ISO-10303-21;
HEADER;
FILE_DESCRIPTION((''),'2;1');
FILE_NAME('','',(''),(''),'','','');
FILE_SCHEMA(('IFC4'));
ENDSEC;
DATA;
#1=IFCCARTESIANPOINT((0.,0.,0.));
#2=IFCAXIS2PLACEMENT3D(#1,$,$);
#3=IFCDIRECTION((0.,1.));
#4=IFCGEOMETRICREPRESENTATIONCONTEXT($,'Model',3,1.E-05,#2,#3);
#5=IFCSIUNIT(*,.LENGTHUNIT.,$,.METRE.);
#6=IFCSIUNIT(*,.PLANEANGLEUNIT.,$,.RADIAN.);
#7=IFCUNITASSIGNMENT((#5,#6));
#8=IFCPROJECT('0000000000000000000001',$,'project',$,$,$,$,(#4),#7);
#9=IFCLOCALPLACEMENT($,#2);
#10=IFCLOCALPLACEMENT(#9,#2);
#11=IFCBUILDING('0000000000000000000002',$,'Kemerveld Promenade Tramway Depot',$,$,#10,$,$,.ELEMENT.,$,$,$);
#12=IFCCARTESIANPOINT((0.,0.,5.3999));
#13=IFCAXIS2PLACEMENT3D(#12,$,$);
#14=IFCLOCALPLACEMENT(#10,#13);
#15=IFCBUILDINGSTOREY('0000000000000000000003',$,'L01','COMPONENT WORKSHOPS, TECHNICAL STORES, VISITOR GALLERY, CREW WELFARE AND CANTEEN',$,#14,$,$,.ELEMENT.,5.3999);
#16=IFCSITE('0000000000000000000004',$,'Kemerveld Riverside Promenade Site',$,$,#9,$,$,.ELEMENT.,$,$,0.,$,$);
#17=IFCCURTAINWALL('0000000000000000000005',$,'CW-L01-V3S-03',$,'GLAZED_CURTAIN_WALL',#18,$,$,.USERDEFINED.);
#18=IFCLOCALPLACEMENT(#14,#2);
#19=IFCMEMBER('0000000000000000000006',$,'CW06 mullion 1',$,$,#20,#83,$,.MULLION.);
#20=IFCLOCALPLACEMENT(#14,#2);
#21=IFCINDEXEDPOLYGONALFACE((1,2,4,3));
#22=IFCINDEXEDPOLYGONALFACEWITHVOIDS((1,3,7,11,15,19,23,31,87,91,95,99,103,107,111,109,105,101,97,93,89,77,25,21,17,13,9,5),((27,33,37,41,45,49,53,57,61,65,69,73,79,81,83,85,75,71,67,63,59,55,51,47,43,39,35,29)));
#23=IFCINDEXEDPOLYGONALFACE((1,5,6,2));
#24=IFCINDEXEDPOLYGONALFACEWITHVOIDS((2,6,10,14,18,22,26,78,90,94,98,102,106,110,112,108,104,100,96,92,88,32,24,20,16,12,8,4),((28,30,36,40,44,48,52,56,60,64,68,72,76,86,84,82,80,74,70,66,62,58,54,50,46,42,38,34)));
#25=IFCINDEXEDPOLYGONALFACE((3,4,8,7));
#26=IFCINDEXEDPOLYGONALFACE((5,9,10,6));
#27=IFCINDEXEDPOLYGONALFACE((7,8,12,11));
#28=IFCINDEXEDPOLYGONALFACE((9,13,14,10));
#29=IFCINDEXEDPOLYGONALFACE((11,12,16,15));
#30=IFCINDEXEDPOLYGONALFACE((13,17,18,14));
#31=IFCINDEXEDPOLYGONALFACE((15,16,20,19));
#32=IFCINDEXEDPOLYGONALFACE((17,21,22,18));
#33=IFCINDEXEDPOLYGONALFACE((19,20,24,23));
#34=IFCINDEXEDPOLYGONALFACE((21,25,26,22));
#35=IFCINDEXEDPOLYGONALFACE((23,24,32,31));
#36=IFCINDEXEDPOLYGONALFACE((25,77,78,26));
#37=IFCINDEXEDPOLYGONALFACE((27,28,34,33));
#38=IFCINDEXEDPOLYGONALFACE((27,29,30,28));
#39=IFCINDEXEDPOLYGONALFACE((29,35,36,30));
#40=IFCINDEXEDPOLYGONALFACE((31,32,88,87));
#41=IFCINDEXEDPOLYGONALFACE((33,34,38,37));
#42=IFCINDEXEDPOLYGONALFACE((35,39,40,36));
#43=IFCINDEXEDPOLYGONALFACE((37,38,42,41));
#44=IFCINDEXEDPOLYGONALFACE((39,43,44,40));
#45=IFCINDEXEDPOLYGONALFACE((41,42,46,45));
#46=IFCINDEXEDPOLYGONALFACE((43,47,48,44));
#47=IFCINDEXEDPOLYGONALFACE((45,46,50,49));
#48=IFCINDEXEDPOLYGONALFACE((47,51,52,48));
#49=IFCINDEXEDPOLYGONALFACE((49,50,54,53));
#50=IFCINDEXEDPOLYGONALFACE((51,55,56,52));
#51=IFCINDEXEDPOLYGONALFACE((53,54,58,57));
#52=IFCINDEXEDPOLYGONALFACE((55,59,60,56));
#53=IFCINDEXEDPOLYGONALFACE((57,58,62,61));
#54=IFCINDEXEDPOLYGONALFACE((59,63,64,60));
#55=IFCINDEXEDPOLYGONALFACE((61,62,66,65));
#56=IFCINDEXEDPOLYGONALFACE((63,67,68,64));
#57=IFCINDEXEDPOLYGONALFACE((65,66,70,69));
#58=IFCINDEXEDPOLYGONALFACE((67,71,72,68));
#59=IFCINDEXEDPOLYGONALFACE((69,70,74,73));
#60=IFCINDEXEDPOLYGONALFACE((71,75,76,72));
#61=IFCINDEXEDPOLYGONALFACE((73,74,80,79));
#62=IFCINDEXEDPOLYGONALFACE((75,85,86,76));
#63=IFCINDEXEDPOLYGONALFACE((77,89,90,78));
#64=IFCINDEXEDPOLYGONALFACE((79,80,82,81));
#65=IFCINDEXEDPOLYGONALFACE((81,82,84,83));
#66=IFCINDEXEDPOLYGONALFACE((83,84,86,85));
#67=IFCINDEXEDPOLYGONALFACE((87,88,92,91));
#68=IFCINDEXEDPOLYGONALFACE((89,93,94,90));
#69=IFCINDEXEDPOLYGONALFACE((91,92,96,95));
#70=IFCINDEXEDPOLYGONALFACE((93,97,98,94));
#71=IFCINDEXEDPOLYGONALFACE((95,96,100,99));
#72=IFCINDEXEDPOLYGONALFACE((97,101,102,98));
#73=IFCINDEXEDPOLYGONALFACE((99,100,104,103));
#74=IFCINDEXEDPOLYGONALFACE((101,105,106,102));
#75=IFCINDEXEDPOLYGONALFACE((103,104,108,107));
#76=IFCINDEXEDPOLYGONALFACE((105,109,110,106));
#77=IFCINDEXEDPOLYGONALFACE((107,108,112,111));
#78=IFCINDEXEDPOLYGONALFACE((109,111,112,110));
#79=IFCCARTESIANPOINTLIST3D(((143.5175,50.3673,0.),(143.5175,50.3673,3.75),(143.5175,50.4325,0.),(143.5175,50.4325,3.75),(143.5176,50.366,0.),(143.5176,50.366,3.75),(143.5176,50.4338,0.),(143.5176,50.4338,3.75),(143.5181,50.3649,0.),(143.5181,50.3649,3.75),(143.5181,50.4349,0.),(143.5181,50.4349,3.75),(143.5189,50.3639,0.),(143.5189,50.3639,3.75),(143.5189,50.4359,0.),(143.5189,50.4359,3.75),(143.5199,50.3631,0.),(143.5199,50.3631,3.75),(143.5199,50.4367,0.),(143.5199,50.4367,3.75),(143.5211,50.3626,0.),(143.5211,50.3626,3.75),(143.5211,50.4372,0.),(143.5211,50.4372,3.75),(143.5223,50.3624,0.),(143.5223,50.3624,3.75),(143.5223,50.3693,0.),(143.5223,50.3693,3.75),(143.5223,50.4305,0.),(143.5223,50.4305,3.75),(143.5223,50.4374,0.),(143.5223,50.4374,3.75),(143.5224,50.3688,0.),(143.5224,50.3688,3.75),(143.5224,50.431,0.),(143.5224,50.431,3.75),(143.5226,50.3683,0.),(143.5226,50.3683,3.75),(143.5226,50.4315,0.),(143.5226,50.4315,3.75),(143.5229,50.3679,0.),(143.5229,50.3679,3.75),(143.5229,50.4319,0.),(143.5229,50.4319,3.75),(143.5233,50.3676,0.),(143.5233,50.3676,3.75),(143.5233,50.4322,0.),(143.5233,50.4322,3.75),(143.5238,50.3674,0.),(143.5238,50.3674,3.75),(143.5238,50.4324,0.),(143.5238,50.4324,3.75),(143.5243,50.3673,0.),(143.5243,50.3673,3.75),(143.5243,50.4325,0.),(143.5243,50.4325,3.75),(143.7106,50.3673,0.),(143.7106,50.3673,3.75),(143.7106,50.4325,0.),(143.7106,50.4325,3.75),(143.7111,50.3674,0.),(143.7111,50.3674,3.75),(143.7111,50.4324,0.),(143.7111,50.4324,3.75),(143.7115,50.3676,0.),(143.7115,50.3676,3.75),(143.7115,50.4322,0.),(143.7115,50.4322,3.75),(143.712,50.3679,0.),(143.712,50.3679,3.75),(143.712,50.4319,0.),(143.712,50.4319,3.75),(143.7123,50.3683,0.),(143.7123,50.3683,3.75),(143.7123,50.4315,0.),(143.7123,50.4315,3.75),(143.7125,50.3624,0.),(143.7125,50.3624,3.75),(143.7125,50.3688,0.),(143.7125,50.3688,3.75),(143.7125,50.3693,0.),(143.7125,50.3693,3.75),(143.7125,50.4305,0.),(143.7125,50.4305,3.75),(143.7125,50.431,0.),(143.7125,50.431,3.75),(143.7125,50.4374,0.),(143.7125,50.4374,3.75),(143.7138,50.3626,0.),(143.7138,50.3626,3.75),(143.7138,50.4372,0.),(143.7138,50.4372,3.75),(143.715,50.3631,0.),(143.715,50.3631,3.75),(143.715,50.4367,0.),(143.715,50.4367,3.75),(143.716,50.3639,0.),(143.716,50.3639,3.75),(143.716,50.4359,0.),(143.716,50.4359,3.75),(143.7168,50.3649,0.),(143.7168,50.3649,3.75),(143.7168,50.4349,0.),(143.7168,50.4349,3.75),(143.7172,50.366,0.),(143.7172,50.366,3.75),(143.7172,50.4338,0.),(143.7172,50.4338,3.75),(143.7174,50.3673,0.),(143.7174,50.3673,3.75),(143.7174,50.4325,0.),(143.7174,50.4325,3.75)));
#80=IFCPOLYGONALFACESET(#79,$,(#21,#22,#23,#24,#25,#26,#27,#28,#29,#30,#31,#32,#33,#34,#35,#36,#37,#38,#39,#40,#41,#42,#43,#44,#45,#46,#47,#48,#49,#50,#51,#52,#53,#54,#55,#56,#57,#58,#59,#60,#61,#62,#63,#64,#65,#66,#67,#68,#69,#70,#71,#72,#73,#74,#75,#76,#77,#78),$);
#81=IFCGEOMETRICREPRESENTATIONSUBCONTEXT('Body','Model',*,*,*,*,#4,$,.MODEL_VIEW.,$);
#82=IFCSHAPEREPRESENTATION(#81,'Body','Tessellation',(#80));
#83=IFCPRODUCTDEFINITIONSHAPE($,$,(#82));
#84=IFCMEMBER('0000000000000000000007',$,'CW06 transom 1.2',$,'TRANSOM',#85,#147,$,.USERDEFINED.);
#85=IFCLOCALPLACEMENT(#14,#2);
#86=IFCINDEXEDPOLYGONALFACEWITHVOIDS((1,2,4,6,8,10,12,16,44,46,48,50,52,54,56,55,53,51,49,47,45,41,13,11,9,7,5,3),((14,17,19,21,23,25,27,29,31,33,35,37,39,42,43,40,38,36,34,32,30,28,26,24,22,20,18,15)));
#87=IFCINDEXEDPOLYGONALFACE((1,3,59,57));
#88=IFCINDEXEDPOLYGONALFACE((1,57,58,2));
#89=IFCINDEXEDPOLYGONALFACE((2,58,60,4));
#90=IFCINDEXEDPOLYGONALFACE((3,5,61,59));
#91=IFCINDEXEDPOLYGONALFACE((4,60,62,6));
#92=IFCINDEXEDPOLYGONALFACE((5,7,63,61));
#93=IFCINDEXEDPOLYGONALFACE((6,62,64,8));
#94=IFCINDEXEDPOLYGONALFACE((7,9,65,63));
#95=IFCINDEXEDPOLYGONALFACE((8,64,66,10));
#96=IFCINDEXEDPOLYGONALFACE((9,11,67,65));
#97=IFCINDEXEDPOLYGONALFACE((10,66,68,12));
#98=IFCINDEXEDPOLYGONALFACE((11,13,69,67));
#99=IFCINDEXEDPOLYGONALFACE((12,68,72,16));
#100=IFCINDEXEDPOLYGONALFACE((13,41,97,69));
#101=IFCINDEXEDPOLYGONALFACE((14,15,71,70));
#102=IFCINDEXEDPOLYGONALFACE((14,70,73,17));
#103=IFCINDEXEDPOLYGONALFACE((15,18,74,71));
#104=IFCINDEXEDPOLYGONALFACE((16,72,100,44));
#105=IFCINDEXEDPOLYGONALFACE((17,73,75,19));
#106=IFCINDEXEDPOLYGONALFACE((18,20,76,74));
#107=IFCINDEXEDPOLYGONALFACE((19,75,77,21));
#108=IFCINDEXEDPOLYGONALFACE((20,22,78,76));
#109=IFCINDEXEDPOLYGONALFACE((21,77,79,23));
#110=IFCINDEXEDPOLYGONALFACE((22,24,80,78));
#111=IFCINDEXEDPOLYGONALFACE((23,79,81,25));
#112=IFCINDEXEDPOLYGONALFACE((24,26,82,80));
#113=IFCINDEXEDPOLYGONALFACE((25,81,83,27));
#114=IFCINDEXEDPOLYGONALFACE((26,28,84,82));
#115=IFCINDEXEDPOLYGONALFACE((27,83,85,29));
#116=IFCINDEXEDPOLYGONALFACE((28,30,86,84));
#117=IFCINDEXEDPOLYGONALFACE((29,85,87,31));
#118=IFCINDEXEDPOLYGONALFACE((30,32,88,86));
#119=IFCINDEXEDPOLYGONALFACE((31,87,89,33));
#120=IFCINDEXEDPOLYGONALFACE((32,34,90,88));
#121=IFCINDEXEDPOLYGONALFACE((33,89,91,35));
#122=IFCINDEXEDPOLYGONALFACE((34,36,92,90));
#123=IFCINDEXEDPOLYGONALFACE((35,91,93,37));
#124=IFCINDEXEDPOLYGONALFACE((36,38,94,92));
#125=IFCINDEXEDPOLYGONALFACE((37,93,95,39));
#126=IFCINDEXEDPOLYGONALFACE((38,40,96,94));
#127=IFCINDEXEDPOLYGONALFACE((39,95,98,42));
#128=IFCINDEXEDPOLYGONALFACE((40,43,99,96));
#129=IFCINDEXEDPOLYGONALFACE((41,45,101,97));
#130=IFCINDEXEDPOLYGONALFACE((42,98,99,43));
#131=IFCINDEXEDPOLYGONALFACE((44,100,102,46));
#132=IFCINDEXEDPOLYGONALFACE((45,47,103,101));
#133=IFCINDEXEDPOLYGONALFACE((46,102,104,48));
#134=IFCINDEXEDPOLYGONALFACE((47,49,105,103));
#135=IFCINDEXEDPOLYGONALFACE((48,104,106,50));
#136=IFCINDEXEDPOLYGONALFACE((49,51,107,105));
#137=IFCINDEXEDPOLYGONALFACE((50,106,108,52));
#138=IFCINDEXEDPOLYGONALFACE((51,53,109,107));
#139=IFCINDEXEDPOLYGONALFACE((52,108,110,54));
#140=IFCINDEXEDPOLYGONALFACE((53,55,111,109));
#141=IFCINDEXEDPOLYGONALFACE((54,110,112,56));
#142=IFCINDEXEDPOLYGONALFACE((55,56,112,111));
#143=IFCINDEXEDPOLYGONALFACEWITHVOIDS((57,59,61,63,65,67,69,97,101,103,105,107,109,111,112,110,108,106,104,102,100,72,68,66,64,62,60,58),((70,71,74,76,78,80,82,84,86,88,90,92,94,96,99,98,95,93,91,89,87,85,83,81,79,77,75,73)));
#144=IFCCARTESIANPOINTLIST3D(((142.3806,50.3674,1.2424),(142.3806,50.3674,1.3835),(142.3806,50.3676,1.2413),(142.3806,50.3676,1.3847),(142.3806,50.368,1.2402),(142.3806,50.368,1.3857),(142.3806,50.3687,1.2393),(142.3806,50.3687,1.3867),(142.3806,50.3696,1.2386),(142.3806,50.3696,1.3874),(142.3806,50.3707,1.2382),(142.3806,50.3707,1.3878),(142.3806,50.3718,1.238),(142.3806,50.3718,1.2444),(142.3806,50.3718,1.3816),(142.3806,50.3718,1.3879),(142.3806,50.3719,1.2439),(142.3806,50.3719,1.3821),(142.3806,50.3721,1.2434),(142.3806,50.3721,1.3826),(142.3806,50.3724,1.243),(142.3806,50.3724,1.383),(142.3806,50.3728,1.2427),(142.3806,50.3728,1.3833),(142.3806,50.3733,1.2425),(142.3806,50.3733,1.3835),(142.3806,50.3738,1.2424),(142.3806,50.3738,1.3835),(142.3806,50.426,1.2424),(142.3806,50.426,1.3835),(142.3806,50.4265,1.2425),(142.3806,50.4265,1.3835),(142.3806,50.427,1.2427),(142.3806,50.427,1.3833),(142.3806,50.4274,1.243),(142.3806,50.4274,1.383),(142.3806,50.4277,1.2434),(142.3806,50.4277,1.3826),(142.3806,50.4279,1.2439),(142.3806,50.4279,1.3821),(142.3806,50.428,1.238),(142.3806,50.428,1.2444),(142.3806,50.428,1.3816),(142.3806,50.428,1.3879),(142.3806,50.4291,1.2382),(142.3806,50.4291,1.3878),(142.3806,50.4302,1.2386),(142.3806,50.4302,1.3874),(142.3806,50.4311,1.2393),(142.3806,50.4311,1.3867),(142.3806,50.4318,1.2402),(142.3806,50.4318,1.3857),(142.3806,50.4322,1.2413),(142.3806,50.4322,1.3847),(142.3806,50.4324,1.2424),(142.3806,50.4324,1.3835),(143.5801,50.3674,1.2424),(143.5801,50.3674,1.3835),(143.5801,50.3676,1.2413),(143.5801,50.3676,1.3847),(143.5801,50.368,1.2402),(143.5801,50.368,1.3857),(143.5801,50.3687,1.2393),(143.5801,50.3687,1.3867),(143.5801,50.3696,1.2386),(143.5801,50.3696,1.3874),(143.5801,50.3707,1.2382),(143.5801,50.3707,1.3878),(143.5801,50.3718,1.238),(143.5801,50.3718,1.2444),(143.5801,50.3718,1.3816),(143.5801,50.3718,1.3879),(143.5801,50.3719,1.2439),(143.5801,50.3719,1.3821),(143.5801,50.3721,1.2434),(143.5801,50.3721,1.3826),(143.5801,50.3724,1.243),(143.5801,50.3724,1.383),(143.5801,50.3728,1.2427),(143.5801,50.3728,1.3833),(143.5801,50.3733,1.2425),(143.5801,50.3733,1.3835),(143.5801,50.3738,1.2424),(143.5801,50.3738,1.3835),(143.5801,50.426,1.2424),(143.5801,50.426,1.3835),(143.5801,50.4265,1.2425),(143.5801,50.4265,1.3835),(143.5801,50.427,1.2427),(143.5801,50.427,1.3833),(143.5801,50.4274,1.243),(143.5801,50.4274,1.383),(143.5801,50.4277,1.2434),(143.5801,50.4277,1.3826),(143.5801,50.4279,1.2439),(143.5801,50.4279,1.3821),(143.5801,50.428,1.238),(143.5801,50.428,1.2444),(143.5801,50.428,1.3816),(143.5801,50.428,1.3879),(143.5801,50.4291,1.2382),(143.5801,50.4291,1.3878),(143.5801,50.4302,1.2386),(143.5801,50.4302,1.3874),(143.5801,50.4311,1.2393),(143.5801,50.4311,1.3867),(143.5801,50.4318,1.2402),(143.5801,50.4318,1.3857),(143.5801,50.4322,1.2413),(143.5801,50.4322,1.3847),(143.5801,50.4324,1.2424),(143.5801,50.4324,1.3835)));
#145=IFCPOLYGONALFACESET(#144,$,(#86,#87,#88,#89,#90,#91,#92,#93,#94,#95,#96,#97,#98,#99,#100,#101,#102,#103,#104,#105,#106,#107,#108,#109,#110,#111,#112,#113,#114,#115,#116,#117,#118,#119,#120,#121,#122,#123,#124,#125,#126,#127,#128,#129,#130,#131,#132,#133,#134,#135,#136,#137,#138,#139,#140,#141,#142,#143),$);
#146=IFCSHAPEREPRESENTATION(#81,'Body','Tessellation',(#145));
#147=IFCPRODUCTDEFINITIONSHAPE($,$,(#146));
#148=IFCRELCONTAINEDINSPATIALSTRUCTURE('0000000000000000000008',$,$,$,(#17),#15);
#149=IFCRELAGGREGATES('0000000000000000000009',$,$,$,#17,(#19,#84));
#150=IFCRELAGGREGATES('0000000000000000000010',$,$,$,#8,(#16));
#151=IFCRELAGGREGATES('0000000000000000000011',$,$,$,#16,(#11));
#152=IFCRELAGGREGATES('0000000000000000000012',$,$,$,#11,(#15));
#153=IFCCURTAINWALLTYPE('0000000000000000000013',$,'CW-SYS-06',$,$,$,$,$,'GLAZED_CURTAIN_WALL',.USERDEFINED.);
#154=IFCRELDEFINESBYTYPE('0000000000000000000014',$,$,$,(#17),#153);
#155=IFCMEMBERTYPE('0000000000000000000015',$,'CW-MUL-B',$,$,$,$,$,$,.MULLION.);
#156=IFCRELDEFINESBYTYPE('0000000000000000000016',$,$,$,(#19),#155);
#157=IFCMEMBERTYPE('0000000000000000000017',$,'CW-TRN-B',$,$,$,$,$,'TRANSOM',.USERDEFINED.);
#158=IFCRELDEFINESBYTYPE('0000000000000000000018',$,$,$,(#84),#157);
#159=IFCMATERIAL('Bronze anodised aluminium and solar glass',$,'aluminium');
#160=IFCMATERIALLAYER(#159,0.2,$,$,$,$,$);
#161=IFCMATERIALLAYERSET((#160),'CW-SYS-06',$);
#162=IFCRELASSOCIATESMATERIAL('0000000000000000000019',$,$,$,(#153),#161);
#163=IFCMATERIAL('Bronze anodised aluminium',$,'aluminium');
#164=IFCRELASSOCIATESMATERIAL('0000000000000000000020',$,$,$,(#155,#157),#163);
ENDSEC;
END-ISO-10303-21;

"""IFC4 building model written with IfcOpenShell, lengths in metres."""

from ifc_helpers import new_model, si_unit, direction, frame, origin, origin_2d, place, context, subcontext, project, spatial, hollow_rectangle, extrude, material, layer, layer_set, material_profile, profile_set, type_object, element, aggregate, save


model = new_model("IFC4")

# Units and contexts
model_context = context("Model", 3, precision=1e-05, world=origin(), true_north=direction((0.0, 1.0)))
body_context = subcontext(model_context, "Body", "Model", "MODEL_VIEW")
ifc_project = project(units=[si_unit("LENGTHUNIT", "METRE"), si_unit("PLANEANGLEUNIT", "RADIAN")], contexts=[model_context])

# Site, building, storey
site_placement = place(None, origin())
site = spatial("IfcSite", under=ifc_project, at=site_placement, Name="Kemerveld Riverside Promenade Site", CompositionType="ELEMENT", RefElevation=0.0)
building_placement = place(site_placement, origin())
building = spatial("IfcBuilding", under=site, at=building_placement, Name="Kemerveld Promenade Tramway Depot", CompositionType="ELEMENT")
storey_placement = place(building_placement, frame((0.0, 0.0, 5.3999)))
storey = spatial("IfcBuildingStorey", under=building, at=storey_placement, Name="L01", Description="COMPONENT WORKSHOPS, TECHNICAL STORES, VISITOR GALLERY, CREW WELFARE AND CANTEEN", CompositionType="ELEMENT", Elevation=5.3999)

# Curtain wall, members
ifc_material_1 = material(Name="Bronze anodised aluminium and solar glass", Category="aluminium")
ifc_layer_1 = layer(ifc_material_1, 0.2)
ifc_layer_set_1 = layer_set([ifc_layer_1], Name="CW-SYS-06")
curtain_wall_type = type_object("IfcCurtainWallType", Name="CW-SYS-06", ElementType="GLAZED_CURTAIN_WALL", PredefinedType="USERDEFINED", material=ifc_layer_set_1)
curtain_wall_placement = place(storey_placement, origin())
curtain_wall = element("IfcCurtainWall", 1, at=curtain_wall_placement, inside=storey, type_object=curtain_wall_type, Name="CW-L01-V3S-03", ObjectType="GLAZED_CURTAIN_WALL", PredefinedType="USERDEFINED")
ifc_material_2 = material(Name="Bronze anodised aluminium", Category="aluminium")
ifc_material_profile_1 = material_profile(ifc_material_2, hollow_rectangle(XDim=0.075, YDim=0.2, WallThickness=0.0049, InnerFilletRadius=0.002, OuterFilletRadius=0.0049, at=origin_2d()), Name="CW-MUL-200x75")
ifc_profile_set_1 = profile_set([ifc_material_profile_1], Name="Bronze anodised aluminium")
member_type_1 = type_object("IfcMemberType", Name="CW-MUL-B", PredefinedType="MULLION", material=ifc_profile_set_1)
member_1_placement = place(storey_placement, frame((143.6174, 50.3999, 0.0), z_axis=(0.0, 0.0, 1.0), x_axis=(0.0, -1.0, 0.0)))
member_1 = element("IfcMember", 2, at=member_1_placement, type_object=member_type_1, Name="CW06 mullion 1", PredefinedType="MULLION", context=body_context, shape_type="SweptSolid", body=[
    extrude(hollow_rectangle(XDim=0.075, YDim=0.2, WallThickness=0.0049, InnerFilletRadius=0.002, OuterFilletRadius=0.0049, at=origin_2d()), origin(), (0.0, 0.0, 1.0), 3.75),
])
ifc_material_profile_2 = material_profile(ifc_material_2, hollow_rectangle(XDim=0.0649, YDim=0.1499, WallThickness=0.0044, InnerFilletRadius=0.002, OuterFilletRadius=0.0044, at=origin_2d()), Name="CW-TRN-150x65")
ifc_profile_set_2 = profile_set([ifc_material_profile_2], Name="Bronze anodised aluminium")
member_type_2 = type_object("IfcMemberType", Name="CW-TRN-B", ElementType="TRANSOM", PredefinedType="USERDEFINED", material=ifc_profile_set_2)
member_2_placement = place(storey_placement, frame((143.5801, 50.3999, 1.313), z_axis=(-1.0, 0.0, 0.0), x_axis=(0.0, -1.0, 0.0)))
member_2 = element("IfcMember", 3, at=member_2_placement, type_object=member_type_2, Name="CW06 transom 1.2", ObjectType="TRANSOM", PredefinedType="USERDEFINED", context=body_context, shape_type="SweptSolid", body=[
    extrude(hollow_rectangle(XDim=0.0649, YDim=0.1499, WallThickness=0.0044, InnerFilletRadius=0.002, OuterFilletRadius=0.0044, at=origin_2d()), origin(), (0.0, 0.0, 1.0), 1.1995),
])
aggregate(curtain_wall, [member_1, member_2])

save(model, "model.ifc")
